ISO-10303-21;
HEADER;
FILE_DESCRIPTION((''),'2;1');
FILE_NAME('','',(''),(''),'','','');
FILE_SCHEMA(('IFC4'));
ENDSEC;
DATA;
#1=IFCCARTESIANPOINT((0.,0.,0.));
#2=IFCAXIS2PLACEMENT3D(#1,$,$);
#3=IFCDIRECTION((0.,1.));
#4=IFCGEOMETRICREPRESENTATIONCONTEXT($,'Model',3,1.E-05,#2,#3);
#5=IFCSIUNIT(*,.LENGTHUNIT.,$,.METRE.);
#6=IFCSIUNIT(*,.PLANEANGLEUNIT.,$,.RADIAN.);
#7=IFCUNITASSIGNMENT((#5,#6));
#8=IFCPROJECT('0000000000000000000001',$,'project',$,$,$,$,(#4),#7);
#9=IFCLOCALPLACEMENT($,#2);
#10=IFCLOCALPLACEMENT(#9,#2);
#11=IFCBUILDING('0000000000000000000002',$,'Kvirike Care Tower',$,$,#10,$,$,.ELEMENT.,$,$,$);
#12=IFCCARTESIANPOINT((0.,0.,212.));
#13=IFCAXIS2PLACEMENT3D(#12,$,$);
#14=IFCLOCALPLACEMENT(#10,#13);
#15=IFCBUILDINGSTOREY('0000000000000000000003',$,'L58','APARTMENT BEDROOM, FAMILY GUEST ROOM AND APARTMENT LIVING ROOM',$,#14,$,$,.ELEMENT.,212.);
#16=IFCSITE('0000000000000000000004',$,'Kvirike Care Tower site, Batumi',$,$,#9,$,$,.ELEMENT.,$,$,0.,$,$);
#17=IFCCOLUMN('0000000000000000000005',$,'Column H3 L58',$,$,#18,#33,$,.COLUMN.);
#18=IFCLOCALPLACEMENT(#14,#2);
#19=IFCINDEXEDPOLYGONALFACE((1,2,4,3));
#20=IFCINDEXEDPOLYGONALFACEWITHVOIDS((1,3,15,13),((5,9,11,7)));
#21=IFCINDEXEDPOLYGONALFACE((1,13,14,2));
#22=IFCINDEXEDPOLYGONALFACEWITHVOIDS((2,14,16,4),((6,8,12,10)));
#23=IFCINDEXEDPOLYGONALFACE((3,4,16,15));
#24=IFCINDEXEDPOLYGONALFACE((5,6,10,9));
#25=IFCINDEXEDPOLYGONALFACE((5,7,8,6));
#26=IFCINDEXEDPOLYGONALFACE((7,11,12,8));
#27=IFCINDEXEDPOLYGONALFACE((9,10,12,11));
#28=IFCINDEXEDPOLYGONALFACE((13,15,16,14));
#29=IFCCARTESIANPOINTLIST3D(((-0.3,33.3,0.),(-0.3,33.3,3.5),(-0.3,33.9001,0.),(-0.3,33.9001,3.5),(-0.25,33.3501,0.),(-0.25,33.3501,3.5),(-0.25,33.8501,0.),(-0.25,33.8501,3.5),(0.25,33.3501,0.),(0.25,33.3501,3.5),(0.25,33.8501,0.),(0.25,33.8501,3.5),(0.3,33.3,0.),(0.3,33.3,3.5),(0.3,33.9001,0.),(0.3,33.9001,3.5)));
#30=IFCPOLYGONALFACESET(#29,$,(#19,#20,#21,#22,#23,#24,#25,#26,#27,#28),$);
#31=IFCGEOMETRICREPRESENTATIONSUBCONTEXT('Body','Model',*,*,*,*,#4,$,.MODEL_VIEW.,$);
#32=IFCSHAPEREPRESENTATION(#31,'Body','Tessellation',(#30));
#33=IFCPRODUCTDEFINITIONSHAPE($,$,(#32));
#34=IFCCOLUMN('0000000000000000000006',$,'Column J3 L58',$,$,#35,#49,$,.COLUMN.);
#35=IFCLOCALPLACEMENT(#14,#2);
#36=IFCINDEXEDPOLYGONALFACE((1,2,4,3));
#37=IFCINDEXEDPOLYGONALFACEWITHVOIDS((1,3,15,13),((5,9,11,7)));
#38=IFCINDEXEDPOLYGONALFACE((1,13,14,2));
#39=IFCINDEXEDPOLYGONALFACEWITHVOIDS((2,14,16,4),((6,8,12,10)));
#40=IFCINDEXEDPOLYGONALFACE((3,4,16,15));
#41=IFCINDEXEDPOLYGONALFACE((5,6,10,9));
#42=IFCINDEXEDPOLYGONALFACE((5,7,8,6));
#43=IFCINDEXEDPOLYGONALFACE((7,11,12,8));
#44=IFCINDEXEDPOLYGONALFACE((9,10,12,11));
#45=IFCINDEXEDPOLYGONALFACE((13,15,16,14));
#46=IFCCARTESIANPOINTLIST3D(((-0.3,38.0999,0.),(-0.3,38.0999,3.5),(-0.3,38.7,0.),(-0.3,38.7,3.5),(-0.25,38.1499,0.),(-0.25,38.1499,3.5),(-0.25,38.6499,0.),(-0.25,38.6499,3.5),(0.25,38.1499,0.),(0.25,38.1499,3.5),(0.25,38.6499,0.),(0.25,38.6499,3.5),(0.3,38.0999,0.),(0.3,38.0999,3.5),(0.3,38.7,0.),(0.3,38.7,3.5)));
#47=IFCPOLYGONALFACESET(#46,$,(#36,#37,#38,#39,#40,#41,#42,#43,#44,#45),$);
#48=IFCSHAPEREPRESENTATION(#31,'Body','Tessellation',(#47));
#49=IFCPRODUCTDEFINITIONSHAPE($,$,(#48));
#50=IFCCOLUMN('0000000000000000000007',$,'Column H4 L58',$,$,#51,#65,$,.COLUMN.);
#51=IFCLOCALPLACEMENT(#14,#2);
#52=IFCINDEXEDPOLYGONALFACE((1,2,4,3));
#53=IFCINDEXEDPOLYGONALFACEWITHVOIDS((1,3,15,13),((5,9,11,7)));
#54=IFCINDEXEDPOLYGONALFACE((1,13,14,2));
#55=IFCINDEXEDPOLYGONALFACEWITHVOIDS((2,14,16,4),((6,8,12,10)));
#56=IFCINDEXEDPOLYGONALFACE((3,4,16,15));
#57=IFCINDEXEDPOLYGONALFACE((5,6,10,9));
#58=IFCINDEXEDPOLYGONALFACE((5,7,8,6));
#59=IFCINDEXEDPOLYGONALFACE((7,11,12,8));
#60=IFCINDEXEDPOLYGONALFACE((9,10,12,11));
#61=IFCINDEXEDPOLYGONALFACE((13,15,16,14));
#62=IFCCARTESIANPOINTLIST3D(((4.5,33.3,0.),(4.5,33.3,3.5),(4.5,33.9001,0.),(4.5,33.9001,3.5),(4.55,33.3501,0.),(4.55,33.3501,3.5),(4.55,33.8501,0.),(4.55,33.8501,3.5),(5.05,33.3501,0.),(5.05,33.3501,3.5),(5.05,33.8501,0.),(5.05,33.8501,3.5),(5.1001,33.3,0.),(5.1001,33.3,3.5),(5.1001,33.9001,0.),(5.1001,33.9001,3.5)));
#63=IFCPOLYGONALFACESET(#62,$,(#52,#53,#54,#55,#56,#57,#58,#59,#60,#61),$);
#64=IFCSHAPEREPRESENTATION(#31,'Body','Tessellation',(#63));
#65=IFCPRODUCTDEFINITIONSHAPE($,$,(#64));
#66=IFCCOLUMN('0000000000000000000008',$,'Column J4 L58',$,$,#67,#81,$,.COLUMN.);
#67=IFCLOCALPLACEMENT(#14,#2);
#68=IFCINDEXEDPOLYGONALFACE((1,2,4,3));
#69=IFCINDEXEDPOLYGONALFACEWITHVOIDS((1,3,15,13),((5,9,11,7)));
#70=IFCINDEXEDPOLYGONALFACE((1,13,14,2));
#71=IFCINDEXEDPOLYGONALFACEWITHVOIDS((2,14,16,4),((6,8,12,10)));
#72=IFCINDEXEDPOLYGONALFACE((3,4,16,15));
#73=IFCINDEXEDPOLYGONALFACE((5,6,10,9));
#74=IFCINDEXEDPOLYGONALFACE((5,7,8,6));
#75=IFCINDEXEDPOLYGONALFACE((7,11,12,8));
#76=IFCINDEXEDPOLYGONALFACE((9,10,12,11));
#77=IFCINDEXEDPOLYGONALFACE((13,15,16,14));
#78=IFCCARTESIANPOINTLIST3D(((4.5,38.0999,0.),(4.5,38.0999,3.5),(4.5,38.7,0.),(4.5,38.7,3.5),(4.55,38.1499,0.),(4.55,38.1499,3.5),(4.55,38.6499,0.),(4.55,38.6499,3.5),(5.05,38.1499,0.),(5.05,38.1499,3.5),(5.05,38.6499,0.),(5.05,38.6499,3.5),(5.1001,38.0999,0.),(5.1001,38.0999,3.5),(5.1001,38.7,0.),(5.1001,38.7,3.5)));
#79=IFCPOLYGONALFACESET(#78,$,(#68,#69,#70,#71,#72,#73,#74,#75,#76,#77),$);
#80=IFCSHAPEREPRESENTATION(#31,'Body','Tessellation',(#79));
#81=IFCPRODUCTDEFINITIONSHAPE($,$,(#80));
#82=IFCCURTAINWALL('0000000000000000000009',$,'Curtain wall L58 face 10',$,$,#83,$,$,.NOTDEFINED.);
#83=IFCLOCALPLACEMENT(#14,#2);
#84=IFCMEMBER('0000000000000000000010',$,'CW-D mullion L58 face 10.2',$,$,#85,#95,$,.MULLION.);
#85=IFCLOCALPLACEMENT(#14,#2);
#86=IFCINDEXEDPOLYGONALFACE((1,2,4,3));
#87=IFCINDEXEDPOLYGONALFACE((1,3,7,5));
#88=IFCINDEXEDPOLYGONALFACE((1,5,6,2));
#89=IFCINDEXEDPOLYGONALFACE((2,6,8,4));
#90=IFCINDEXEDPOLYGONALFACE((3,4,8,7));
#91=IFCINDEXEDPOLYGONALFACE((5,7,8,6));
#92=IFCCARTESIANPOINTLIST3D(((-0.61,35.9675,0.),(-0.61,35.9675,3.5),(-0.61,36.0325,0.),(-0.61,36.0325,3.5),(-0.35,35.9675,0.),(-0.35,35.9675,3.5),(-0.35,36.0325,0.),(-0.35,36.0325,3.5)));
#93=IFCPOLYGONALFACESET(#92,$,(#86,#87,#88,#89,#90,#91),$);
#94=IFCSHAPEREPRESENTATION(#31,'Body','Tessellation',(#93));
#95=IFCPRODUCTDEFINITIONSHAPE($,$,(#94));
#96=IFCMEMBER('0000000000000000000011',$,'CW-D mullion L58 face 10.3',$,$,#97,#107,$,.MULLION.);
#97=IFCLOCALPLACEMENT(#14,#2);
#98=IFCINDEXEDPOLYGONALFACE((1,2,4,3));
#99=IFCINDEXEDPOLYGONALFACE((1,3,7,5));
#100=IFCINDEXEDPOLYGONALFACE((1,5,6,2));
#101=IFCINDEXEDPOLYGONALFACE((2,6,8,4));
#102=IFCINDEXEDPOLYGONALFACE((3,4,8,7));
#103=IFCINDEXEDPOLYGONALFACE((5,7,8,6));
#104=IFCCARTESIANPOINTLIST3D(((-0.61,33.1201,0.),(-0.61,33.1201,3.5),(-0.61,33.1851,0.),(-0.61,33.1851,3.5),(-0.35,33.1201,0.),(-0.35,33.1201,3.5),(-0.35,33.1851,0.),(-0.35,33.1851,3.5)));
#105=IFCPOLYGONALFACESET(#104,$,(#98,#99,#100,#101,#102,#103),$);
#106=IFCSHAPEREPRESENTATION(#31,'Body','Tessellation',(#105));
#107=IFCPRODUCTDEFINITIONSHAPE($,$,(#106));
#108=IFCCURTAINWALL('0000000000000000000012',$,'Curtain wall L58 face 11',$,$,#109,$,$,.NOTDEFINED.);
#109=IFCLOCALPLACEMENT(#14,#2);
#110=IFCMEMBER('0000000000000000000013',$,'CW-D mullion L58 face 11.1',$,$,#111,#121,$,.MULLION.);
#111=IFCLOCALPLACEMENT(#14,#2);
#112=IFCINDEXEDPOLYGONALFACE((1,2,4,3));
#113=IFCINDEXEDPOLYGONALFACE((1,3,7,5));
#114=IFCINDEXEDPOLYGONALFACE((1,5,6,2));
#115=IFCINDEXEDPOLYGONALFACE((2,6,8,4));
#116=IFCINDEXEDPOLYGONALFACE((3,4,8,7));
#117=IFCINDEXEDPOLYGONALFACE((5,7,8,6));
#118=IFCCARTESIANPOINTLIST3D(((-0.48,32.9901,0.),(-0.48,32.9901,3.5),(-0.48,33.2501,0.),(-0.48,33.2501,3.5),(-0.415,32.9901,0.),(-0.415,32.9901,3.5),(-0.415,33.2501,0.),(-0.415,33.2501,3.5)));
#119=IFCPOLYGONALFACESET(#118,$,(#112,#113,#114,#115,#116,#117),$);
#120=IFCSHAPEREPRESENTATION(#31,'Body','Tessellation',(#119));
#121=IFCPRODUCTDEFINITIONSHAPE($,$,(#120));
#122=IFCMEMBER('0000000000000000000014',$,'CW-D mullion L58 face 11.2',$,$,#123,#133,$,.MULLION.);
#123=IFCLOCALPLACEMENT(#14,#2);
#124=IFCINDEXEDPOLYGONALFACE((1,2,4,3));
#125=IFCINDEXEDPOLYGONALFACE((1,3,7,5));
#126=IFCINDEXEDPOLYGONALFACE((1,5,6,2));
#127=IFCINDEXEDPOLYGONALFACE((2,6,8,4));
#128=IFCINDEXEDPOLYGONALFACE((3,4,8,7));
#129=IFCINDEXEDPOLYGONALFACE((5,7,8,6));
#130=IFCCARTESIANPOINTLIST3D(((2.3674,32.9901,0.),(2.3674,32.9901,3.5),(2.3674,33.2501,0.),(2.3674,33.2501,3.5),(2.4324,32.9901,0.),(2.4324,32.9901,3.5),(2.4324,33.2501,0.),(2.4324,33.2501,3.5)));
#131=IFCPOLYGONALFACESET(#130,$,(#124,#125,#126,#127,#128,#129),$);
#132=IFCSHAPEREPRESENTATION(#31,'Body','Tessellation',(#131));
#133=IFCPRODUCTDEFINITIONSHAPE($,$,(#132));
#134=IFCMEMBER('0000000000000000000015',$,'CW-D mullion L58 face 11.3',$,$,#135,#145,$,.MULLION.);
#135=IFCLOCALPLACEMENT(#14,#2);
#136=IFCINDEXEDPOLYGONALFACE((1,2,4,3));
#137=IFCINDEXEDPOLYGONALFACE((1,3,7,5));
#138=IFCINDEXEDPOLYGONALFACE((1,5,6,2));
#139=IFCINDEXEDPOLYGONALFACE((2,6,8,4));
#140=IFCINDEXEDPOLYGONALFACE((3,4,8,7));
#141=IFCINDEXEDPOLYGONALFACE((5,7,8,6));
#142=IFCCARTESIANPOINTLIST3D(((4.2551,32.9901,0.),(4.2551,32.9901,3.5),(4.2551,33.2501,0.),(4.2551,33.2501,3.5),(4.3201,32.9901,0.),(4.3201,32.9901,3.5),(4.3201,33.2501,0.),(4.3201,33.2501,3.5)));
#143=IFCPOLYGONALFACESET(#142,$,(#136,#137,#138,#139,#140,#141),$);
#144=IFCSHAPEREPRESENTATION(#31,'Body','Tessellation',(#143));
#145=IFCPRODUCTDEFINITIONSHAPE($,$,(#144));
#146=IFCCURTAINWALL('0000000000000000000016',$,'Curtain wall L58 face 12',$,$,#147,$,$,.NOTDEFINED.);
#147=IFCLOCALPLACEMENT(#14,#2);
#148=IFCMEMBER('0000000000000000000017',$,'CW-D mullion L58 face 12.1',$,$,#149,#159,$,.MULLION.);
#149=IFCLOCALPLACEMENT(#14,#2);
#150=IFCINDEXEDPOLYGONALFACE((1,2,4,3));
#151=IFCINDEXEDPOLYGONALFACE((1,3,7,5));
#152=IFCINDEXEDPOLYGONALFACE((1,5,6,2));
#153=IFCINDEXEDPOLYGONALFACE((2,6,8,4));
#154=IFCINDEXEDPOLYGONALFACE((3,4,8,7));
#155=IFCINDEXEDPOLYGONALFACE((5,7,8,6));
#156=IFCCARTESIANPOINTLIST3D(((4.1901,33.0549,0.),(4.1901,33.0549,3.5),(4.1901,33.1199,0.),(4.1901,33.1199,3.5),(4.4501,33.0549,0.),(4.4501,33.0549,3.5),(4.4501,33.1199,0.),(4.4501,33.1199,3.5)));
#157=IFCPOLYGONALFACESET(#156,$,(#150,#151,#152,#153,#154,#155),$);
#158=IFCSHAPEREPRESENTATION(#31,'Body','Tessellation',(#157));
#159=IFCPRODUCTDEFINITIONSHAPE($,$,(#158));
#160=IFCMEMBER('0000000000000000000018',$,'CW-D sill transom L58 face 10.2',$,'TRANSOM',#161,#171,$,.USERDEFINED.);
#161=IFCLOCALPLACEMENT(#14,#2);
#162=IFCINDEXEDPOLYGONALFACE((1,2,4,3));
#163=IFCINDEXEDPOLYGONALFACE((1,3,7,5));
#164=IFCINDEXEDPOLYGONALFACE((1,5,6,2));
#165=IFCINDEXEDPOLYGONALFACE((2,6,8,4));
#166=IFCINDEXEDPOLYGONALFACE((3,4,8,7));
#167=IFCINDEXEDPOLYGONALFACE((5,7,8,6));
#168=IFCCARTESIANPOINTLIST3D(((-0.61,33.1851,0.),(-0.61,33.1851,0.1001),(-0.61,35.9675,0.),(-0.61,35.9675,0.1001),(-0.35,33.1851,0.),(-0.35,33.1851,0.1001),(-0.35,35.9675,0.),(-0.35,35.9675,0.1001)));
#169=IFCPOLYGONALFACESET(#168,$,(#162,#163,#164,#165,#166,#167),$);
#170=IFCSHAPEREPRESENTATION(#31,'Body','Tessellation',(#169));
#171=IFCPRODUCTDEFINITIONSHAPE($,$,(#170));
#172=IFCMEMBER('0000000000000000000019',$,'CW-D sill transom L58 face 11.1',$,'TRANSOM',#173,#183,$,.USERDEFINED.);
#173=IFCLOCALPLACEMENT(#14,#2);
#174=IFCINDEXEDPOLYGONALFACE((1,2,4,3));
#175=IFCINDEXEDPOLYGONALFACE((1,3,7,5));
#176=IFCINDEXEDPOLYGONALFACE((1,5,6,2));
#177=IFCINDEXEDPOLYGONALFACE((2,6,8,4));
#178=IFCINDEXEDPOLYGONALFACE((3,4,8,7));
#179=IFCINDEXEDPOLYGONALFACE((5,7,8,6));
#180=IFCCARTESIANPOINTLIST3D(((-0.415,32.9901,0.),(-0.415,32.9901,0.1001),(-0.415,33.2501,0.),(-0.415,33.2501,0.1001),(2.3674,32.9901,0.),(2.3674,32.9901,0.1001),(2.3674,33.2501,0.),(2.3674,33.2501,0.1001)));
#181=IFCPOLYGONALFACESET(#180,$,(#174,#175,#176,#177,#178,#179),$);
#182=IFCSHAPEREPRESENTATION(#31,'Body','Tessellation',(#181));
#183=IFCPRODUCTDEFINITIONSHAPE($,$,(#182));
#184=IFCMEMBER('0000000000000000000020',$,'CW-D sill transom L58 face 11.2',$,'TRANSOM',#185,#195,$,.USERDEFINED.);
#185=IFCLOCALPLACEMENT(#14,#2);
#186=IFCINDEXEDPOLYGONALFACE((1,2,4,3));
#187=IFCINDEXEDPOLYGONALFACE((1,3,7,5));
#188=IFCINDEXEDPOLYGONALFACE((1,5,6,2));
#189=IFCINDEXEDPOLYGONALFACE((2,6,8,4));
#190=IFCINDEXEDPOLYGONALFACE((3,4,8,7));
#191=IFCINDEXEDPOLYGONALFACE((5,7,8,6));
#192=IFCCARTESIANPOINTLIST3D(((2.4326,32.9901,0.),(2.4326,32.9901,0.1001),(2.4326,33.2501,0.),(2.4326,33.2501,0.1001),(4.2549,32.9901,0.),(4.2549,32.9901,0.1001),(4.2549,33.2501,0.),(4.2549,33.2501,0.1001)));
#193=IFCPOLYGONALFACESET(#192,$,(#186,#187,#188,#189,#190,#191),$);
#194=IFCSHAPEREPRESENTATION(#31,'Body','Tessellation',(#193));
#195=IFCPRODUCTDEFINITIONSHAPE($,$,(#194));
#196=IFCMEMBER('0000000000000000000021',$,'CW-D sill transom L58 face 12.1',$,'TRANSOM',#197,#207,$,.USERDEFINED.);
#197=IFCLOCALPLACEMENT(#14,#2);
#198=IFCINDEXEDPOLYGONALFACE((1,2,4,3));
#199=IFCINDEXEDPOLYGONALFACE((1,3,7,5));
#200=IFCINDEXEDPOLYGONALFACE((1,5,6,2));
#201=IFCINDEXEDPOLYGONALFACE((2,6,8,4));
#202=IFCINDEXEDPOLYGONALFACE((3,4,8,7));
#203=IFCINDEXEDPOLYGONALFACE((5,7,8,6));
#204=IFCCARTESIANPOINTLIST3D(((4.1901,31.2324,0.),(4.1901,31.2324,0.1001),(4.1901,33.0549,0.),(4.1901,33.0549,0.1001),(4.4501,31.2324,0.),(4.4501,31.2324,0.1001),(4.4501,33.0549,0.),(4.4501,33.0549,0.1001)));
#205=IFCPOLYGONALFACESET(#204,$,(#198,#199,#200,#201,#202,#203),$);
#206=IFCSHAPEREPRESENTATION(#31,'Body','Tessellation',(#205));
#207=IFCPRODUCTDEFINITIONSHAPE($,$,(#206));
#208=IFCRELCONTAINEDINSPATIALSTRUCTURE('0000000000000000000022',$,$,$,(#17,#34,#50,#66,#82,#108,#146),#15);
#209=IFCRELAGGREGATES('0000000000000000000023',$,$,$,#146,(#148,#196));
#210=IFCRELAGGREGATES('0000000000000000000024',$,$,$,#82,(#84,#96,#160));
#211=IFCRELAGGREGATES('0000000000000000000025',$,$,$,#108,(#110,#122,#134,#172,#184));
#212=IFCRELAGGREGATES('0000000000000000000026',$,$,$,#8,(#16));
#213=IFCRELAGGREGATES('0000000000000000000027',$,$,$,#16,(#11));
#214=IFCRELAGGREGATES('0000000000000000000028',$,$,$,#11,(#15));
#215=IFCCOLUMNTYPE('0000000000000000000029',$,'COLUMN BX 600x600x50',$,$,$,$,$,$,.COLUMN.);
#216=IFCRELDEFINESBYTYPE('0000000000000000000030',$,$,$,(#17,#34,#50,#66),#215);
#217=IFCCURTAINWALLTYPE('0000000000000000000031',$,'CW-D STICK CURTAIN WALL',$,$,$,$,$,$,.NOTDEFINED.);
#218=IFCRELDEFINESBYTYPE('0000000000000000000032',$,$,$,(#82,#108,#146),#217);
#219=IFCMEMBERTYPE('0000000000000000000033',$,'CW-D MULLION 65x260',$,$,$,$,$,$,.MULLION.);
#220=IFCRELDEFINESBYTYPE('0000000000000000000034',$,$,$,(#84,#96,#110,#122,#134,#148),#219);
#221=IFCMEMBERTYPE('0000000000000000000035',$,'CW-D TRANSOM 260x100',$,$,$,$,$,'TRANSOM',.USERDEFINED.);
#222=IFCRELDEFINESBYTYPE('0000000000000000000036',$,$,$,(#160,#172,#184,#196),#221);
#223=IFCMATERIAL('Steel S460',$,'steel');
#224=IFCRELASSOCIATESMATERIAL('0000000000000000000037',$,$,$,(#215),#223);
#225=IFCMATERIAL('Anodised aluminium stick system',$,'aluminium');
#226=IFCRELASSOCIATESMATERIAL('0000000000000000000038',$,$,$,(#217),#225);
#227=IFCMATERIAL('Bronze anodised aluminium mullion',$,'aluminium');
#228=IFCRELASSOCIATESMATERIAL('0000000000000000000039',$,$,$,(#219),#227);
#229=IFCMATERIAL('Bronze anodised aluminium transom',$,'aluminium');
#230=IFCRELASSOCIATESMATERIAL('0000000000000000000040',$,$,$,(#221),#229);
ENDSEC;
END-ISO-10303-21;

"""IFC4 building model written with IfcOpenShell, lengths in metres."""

from ifc_helpers import new_model, si_unit, direction, frame, origin, origin_2d, place, context, subcontext, project, spatial, rectangle, hollow_rectangle, extrude, material, material_profile, profile_set, type_object, element, aggregate, save


model = new_model("IFC4")

# Units and contexts
model_context = context("Model", 3, precision=1e-05, world=origin(), true_north=direction((0.0, 1.0)))
body_context = subcontext(model_context, "Body", "Model", "MODEL_VIEW")
ifc_project = project(units=[si_unit("LENGTHUNIT", "METRE"), si_unit("PLANEANGLEUNIT", "RADIAN")], contexts=[model_context])

# Site, building, storey
site_placement = place(None, origin())
site = spatial("IfcSite", under=ifc_project, at=site_placement, Name="Kvirike Care Tower site, Batumi", CompositionType="ELEMENT", RefElevation=0.0)
building_placement = place(site_placement, origin())
building = spatial("IfcBuilding", under=site, at=building_placement, Name="Kvirike Care Tower", CompositionType="ELEMENT")
storey_placement = place(building_placement, frame((0.0, 0.0, 212.0)))
storey = spatial("IfcBuildingStorey", under=building, at=storey_placement, Name="L58", Description="APARTMENT BEDROOM, FAMILY GUEST ROOM AND APARTMENT LIVING ROOM", CompositionType="ELEMENT", Elevation=212.0)

# Columns
ifc_material_1 = material(Name="Steel S460", Category="steel")
ifc_material_profile_1 = material_profile(ifc_material_1, hollow_rectangle(XDim=0.6001, YDim=0.6001, WallThickness=0.05, at=origin_2d()), Name="BX 600x600x50")
ifc_profile_set_1 = profile_set([ifc_material_profile_1], Name="Steel S460")
column_type = type_object("IfcColumnType", Name="COLUMN BX 600x600x50", PredefinedType="COLUMN", material=ifc_profile_set_1)
for number, where, z_axis, x_axis, name in (
    (1, (0.0, 33.6001, 0.0), (0.0, 0.0, 1.0), (0.0, 1.0, 0.0), "Column H3 L58"),
    (2, (0.0, 38.3999, 0.0), (0.0, 0.0, 1.0), (0.0, 1.0, 0.0), "Column J3 L58"),
    (3, (4.8, 33.6001, 0.0), (0.0, 0.0, 1.0), (0.0, 1.0, 0.0), "Column H4 L58"),
    (4, (4.8, 38.3999, 0.0), (0.0, 0.0, 1.0), (0.0, 1.0, 0.0), "Column J4 L58"),
):
    element("IfcColumn", number, at=place(storey_placement, frame(where, z_axis=z_axis, x_axis=x_axis)), inside=storey, type_object=column_type, Name=name, PredefinedType="COLUMN", context=body_context, shape_type="SweptSolid", body=[
        extrude(hollow_rectangle(XDim=0.6001, YDim=0.6001, WallThickness=0.05, at=origin_2d()), origin(), (0.0, 0.0, 1.0), 3.5),
    ])

# Curtain walls, members
ifc_material_2 = material(Name="Anodised aluminium stick system", Category="aluminium")
curtain_wall_type = type_object("IfcCurtainWallType", Name="CW-D STICK CURTAIN WALL", PredefinedType="NOTDEFINED", material=ifc_material_2)
curtain_wall_1_placement = place(storey_placement, origin())
curtain_wall_1 = element("IfcCurtainWall", 5, at=curtain_wall_1_placement, inside=storey, type_object=curtain_wall_type, Name="Curtain wall L58 face 10", PredefinedType="NOTDEFINED")
ifc_material_3 = material(Name="Bronze anodised aluminium mullion", Category="aluminium")
ifc_material_profile_2 = material_profile(ifc_material_3, rectangle(XDim=0.0649, YDim=0.26, at=origin_2d()), Name="CW-D MULLION 65x260")
ifc_profile_set_2 = profile_set([ifc_material_profile_2], Name="Bronze anodised aluminium mullion")
member_type_1 = type_object("IfcMemberType", Name="CW-D MULLION 65x260", PredefinedType="MULLION", material=ifc_profile_set_2)
member_1_placement = place(storey_placement, frame((-0.48, 36.0, 0.0), z_axis=(0.0, 0.0, 1.0), x_axis=(0.0, -1.0, 0.0)))
member_1 = element("IfcMember", 6, at=member_1_placement, type_object=member_type_1, Name="CW-D mullion L58 face 10.2", PredefinedType="MULLION", context=body_context, shape_type="SweptSolid", body=[
    extrude(rectangle(XDim=0.0649, YDim=0.26, at=origin_2d()), origin(), (0.0, 0.0, 1.0), 3.5),
])
member_2_placement = place(storey_placement, frame((-0.48, 33.1526, 0.0), z_axis=(0.0, 0.0, 1.0), x_axis=(0.0, -1.0, 0.0)))
member_2 = element("IfcMember", 7, at=member_2_placement, type_object=member_type_1, Name="CW-D mullion L58 face 10.3", PredefinedType="MULLION", context=body_context, shape_type="SweptSolid", body=[
    extrude(rectangle(XDim=0.0649, YDim=0.26, at=origin_2d()), origin(), (0.0, 0.0, 1.0), 3.5),
])
curtain_wall_2_placement = place(storey_placement, origin())
curtain_wall_2 = element("IfcCurtainWall", 8, at=curtain_wall_2_placement, inside=storey, type_object=curtain_wall_type, Name="Curtain wall L58 face 11", PredefinedType="NOTDEFINED")
member_3_placement = place(storey_placement, frame((-0.4475, 33.1201, 0.0), z_axis=(0.0, 0.0, 1.0), x_axis=(1.0, 0.0, 0.0)))
member_3 = element("IfcMember", 9, at=member_3_placement, type_object=member_type_1, Name="CW-D mullion L58 face 11.1", PredefinedType="MULLION", context=body_context, shape_type="SweptSolid", body=[
    extrude(rectangle(XDim=0.0649, YDim=0.26, at=origin_2d()), origin(), (0.0, 0.0, 1.0), 3.5),
])
member_4_placement = place(storey_placement, frame((2.3999, 33.1201, 0.0), z_axis=(0.0, 0.0, 1.0), x_axis=(1.0, 0.0, 0.0)))
member_4 = element("IfcMember", 10, at=member_4_placement, type_object=member_type_1, Name="CW-D mullion L58 face 11.2", PredefinedType="MULLION", context=body_context, shape_type="SweptSolid", body=[
    extrude(rectangle(XDim=0.0649, YDim=0.26, at=origin_2d()), origin(), (0.0, 0.0, 1.0), 3.5),
])
member_5_placement = place(storey_placement, frame((4.2876, 33.1201, 0.0), z_axis=(0.0, 0.0, 1.0), x_axis=(1.0, 0.0, 0.0)))
member_5 = element("IfcMember", 11, at=member_5_placement, type_object=member_type_1, Name="CW-D mullion L58 face 11.3", PredefinedType="MULLION", context=body_context, shape_type="SweptSolid", body=[
    extrude(rectangle(XDim=0.0649, YDim=0.26, at=origin_2d()), origin(), (0.0, 0.0, 1.0), 3.5),
])

# Curtain wall, member
curtain_wall_3_placement = place(storey_placement, origin())
curtain_wall_3 = element("IfcCurtainWall", 12, at=curtain_wall_3_placement, inside=storey, type_object=curtain_wall_type, Name="Curtain wall L58 face 12", PredefinedType="NOTDEFINED")
member_6_placement = place(storey_placement, frame((4.3201, 33.0874, 0.0), z_axis=(0.0, 0.0, 1.0), x_axis=(0.0, -1.0, 0.0)))
member_6 = element("IfcMember", 13, at=member_6_placement, type_object=member_type_1, Name="CW-D mullion L58 face 12.1", PredefinedType="MULLION", context=body_context, shape_type="SweptSolid", body=[
    extrude(rectangle(XDim=0.0649, YDim=0.26, at=origin_2d()), origin(), (0.0, 0.0, 1.0), 3.5),
])

# Members
ifc_material_4 = material(Name="Bronze anodised aluminium transom", Category="aluminium")
ifc_material_profile_3 = material_profile(ifc_material_4, rectangle(XDim=0.26, YDim=0.1001, at=origin_2d()), Name="CW-D TRANSOM 260x100")
ifc_profile_set_3 = profile_set([ifc_material_profile_3], Name="Bronze anodised aluminium transom")
member_type_2 = type_object("IfcMemberType", Name="CW-D TRANSOM 260x100", ElementType="TRANSOM", PredefinedType="USERDEFINED", material=ifc_profile_set_3)
member_7_placement = place(storey_placement, frame((-0.48, 35.9675, 0.05), z_axis=(0.0, -1.0, 0.0), x_axis=(1.0, 0.0, 0.0)))
member_7 = element("IfcMember", 14, at=member_7_placement, type_object=member_type_2, Name="CW-D sill transom L58 face 10.2", ObjectType="TRANSOM", PredefinedType="USERDEFINED", context=body_context, shape_type="SweptSolid", body=[
    extrude(rectangle(XDim=0.26, YDim=0.1001, at=origin_2d()), origin(), (0.0, 0.0, 1.0), 2.7825),
])
member_8_placement = place(storey_placement, frame((-0.415, 33.1201, 0.05), z_axis=(1.0, 0.0, 0.0), x_axis=(0.0, 1.0, 0.0)))
member_8 = element("IfcMember", 15, at=member_8_placement, type_object=member_type_2, Name="CW-D sill transom L58 face 11.1", ObjectType="TRANSOM", PredefinedType="USERDEFINED", context=body_context, shape_type="SweptSolid", body=[
    extrude(rectangle(XDim=0.26, YDim=0.1001, at=origin_2d()), origin(), (0.0, 0.0, 1.0), 2.7825),
])
member_9_placement = place(storey_placement, frame((2.4326, 33.1201, 0.05), z_axis=(1.0, 0.0, 0.0), x_axis=(0.0, 1.0, 0.0)))
member_9 = element("IfcMember", 16, at=member_9_placement, type_object=member_type_2, Name="CW-D sill transom L58 face 11.2", ObjectType="TRANSOM", PredefinedType="USERDEFINED", context=body_context, shape_type="SweptSolid", body=[
    extrude(rectangle(XDim=0.26, YDim=0.1001, at=origin_2d()), origin(), (0.0, 0.0, 1.0), 1.8223),
])
member_10_placement = place(storey_placement, frame((4.3201, 33.0549, 0.05), z_axis=(0.0, -1.0, 0.0), x_axis=(1.0, 0.0, 0.0)))
member_10 = element("IfcMember", 17, at=member_10_placement, type_object=member_type_2, Name="CW-D sill transom L58 face 12.1", ObjectType="TRANSOM", PredefinedType="USERDEFINED", context=body_context, shape_type="SweptSolid", body=[
    extrude(rectangle(XDim=0.26, YDim=0.1001, at=origin_2d()), origin(), (0.0, 0.0, 1.0), 1.8225),
])
aggregate(curtain_wall_3, [member_6, member_10])

aggregate(curtain_wall_1, [member_1, member_2, member_7])
aggregate(curtain_wall_2, [member_3, member_4, member_5, member_8, member_9])

save(model, "model.ifc")
